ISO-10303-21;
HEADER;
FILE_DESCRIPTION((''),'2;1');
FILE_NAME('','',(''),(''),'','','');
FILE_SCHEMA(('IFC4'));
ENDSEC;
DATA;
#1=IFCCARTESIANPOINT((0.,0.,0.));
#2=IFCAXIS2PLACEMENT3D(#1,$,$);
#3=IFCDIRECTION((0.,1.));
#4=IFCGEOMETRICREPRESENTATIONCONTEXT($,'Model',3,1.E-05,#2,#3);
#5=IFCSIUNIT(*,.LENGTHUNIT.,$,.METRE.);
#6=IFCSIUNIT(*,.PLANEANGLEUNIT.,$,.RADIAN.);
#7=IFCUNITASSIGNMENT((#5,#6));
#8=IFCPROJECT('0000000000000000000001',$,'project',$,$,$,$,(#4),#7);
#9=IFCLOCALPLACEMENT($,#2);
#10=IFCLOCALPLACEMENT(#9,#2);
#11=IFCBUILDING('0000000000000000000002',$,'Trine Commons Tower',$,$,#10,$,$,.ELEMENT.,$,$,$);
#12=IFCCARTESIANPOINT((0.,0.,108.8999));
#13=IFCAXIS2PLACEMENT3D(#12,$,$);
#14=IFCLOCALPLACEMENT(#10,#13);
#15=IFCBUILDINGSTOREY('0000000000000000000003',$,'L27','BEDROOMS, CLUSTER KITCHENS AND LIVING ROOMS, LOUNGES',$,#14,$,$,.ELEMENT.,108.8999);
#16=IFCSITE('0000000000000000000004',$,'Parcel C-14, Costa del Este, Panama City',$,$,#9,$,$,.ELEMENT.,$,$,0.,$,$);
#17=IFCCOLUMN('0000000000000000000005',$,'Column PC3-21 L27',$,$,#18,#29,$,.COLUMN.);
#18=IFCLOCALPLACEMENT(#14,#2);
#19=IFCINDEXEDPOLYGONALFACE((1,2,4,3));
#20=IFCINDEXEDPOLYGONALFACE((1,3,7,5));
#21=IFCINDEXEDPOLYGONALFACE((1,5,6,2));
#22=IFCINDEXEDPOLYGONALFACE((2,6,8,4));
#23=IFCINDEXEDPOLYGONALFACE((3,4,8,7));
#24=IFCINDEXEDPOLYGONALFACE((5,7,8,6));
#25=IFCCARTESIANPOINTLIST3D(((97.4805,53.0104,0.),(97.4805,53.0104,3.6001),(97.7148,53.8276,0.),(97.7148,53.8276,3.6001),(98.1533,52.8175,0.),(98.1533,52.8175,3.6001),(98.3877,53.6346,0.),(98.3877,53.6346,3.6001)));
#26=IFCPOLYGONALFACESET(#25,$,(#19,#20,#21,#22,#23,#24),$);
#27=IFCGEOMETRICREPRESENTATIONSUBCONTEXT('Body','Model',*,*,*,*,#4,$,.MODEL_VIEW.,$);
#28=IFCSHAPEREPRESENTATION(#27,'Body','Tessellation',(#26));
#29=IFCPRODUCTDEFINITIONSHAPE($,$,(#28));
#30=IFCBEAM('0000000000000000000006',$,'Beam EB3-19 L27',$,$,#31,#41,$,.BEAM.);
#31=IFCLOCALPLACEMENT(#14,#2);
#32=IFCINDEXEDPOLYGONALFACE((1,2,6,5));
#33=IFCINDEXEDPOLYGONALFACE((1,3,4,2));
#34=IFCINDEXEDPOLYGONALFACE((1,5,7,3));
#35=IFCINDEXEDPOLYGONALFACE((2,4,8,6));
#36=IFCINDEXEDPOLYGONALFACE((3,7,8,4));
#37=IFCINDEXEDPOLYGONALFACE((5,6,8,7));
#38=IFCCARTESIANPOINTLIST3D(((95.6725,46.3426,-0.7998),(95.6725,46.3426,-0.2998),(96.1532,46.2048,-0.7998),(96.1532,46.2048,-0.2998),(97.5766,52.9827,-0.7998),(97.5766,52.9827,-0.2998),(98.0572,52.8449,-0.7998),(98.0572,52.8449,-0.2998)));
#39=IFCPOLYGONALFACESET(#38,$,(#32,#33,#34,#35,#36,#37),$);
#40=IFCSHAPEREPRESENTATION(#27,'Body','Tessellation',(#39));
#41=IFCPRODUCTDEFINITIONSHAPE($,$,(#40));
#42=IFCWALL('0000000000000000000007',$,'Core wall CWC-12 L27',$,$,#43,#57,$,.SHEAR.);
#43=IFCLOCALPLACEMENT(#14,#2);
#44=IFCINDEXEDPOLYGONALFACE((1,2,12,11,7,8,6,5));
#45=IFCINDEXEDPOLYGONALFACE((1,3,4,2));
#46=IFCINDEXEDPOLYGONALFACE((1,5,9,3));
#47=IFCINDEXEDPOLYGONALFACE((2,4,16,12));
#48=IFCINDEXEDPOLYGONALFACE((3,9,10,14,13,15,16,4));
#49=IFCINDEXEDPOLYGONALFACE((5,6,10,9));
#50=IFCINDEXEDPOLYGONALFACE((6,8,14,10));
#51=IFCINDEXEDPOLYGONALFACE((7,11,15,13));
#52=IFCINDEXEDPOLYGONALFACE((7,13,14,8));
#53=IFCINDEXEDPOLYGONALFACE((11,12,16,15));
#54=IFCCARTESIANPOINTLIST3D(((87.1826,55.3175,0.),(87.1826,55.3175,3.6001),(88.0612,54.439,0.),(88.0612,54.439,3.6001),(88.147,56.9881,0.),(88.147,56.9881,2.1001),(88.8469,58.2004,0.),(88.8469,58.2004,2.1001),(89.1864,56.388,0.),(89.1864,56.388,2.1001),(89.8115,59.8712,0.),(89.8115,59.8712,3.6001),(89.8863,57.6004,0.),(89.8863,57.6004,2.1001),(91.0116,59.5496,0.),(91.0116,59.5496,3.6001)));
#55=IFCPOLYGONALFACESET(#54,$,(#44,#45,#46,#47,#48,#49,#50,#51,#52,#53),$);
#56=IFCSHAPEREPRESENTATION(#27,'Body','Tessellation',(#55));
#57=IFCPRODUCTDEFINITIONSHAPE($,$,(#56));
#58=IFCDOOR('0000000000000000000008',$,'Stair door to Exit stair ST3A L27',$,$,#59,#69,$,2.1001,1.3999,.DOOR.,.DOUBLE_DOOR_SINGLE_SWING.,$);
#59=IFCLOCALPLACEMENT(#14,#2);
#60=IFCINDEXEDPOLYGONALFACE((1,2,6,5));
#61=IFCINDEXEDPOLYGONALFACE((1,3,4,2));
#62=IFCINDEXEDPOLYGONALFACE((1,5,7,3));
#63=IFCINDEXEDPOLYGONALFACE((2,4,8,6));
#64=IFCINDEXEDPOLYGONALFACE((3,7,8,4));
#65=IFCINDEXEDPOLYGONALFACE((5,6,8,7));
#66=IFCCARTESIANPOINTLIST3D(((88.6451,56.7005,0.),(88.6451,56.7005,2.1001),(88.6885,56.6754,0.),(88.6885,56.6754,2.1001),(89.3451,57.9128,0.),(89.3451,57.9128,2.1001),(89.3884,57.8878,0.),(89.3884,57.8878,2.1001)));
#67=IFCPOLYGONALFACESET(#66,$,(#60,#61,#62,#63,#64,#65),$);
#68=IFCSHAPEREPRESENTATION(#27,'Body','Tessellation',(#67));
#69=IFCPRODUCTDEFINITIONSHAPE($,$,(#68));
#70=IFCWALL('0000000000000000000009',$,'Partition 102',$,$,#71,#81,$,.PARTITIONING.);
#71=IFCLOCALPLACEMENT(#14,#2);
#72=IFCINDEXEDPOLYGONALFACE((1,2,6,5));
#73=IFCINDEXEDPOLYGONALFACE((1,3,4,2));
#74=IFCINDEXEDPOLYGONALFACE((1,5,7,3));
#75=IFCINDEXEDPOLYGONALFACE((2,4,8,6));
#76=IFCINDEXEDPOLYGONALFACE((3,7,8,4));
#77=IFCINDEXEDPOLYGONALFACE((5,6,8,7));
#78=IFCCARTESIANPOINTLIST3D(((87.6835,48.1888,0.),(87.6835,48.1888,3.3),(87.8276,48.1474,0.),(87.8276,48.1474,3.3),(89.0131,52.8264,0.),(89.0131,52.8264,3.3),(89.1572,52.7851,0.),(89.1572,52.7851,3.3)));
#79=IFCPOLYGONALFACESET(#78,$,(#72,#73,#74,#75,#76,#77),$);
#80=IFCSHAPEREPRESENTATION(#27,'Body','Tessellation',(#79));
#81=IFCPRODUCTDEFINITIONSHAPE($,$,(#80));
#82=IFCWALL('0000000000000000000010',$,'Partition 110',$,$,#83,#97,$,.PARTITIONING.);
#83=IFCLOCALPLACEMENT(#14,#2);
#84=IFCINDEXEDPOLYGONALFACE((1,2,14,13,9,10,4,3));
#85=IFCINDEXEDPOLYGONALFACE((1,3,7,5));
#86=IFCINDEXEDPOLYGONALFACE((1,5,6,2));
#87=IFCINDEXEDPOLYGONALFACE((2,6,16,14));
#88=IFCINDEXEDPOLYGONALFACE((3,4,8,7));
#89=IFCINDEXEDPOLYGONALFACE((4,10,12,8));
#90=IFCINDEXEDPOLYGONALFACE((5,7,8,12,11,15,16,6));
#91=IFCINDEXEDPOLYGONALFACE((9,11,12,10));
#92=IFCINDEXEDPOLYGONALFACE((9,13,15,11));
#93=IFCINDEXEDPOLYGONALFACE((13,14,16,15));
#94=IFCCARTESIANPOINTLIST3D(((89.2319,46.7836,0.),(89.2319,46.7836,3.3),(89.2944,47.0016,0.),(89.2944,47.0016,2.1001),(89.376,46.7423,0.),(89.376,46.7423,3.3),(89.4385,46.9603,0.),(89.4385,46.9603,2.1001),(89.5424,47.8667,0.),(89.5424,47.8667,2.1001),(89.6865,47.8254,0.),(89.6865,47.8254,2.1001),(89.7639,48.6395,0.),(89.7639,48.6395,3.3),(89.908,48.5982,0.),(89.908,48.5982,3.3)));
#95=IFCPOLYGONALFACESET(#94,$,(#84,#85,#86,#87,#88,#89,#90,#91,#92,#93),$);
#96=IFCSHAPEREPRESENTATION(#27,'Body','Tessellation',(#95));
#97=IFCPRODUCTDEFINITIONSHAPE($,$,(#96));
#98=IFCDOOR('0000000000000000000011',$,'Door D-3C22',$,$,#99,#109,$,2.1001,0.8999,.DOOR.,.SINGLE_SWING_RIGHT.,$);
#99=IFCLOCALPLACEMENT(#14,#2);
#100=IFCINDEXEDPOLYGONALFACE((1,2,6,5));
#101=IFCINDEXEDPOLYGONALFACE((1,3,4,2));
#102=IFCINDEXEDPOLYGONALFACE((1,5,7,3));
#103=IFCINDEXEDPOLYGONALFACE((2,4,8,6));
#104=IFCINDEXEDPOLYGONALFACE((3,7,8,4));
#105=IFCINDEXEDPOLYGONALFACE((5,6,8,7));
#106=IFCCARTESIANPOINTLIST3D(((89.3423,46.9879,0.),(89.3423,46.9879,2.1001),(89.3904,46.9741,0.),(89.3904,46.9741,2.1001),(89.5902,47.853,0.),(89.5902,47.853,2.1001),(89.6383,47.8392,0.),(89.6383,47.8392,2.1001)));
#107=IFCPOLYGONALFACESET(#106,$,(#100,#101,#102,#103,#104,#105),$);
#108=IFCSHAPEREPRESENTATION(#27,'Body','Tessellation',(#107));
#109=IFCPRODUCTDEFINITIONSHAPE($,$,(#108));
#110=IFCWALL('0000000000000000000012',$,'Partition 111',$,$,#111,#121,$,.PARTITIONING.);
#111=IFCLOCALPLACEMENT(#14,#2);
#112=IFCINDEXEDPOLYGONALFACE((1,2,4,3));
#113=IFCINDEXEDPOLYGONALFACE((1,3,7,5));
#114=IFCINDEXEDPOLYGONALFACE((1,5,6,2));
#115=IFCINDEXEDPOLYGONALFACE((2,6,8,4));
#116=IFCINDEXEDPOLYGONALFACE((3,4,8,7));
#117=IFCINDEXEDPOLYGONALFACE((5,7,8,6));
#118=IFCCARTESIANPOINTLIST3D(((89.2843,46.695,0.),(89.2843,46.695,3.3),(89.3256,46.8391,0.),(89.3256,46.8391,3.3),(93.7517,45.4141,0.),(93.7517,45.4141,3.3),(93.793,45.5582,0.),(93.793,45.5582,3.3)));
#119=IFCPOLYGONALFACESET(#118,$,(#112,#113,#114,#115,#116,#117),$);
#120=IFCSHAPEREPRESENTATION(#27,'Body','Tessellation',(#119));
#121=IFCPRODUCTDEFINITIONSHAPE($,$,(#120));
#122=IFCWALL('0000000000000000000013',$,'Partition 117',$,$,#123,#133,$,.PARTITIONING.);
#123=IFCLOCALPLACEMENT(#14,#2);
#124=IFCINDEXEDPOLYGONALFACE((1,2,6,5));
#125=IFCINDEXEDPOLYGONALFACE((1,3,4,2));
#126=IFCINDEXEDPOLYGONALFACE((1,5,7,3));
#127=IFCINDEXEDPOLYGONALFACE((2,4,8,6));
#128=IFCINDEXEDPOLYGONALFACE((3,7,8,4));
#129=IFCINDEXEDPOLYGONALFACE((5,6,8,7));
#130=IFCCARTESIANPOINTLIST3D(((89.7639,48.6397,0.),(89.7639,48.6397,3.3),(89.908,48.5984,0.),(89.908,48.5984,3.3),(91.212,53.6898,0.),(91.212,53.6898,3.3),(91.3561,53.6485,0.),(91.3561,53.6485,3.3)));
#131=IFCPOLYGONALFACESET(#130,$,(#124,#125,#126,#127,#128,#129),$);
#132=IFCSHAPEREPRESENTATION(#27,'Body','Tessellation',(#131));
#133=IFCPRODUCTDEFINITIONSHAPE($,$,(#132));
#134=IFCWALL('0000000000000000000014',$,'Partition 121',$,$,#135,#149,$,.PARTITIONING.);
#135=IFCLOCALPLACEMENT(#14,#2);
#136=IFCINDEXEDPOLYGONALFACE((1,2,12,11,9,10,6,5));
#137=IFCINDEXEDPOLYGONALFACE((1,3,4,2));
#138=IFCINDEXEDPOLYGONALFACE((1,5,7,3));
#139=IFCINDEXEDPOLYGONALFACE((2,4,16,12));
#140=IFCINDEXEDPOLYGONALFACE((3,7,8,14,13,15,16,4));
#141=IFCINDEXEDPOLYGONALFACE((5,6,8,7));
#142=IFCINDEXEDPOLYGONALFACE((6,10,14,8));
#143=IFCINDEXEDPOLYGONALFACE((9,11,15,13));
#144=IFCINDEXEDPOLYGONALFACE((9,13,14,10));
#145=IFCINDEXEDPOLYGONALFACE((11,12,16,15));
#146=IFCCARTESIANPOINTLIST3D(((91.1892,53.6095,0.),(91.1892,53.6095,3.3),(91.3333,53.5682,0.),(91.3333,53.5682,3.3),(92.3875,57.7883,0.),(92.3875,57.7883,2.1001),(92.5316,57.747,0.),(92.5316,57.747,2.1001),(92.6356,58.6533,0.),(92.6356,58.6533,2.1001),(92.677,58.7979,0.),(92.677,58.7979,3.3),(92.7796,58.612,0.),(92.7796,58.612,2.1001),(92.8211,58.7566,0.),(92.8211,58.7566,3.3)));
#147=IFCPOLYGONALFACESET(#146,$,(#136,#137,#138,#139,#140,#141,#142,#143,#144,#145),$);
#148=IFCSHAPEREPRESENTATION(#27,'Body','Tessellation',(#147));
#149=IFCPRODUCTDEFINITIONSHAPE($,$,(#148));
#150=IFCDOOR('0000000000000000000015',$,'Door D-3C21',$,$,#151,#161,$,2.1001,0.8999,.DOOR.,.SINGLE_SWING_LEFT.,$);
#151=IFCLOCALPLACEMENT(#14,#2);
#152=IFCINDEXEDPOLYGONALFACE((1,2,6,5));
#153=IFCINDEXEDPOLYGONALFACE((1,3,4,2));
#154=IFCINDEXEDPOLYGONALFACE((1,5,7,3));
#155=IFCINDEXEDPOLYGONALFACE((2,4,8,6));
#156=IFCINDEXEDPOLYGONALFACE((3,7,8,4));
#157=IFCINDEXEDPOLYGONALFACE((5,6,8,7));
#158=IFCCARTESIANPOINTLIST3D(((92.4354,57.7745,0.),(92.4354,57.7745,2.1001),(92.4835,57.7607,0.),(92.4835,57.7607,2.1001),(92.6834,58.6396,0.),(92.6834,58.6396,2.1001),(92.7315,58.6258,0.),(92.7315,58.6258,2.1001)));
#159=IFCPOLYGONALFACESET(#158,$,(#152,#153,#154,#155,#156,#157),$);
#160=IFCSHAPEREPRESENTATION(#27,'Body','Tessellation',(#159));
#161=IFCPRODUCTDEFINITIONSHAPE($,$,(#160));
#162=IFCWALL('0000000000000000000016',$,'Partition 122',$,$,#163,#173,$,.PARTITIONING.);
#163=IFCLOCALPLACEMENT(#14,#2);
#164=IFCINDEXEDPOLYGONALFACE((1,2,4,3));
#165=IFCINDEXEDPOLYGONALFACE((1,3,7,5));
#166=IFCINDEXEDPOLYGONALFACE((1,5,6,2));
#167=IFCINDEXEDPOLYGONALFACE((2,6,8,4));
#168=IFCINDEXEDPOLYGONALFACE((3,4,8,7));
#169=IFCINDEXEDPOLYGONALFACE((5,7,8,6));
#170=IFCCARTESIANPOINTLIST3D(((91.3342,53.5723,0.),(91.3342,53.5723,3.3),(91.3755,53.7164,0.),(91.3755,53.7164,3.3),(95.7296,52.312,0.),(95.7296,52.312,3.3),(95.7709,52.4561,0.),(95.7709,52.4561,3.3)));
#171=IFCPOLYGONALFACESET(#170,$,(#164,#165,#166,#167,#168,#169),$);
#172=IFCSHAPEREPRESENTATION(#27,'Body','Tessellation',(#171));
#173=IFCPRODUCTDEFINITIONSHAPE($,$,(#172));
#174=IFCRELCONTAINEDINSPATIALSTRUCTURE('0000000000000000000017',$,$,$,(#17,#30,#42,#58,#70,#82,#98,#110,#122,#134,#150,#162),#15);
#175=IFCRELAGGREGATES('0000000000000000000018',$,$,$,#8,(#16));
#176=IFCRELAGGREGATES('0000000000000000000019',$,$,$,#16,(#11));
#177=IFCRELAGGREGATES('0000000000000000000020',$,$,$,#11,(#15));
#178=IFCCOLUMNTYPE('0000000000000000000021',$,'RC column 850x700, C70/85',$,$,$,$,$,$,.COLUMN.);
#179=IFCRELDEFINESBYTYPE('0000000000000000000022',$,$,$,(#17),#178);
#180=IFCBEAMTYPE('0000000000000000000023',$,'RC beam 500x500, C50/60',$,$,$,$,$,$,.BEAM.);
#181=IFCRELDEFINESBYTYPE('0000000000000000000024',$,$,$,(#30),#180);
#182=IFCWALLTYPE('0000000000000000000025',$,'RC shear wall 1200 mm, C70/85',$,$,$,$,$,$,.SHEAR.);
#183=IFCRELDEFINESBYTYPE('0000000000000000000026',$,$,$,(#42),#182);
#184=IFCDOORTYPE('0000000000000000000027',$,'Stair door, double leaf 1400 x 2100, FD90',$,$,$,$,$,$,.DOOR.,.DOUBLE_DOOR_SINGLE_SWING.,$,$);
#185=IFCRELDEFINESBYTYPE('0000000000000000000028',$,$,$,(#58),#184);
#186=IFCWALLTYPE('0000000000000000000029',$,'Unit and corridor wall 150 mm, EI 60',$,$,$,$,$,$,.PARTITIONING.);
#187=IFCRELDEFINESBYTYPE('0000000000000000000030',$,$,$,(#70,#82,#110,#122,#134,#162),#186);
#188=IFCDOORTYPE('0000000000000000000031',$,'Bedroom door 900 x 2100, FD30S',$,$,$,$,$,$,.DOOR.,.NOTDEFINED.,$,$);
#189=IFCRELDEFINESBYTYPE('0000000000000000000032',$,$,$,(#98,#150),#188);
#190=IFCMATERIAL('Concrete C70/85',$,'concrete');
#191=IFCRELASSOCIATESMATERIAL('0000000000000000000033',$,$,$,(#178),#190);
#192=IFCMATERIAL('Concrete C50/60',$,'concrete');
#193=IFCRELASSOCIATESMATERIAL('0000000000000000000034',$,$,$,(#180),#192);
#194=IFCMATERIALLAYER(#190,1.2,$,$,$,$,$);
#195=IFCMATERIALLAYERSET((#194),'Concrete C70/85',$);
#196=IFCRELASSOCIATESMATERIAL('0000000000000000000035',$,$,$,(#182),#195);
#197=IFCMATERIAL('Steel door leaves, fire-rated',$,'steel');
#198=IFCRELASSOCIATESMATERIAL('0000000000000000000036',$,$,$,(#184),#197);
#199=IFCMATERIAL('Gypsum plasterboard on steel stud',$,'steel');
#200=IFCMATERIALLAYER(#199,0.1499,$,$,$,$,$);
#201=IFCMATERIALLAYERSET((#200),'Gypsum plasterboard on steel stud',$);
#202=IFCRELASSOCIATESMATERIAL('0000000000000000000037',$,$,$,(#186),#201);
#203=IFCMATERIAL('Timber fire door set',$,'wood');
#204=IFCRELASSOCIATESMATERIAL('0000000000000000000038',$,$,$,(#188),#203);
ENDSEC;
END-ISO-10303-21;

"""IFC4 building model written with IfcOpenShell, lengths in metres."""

from ifc_helpers import new_model, si_unit, direction, frame, frame_2d, origin, origin_2d, place, context, subcontext, project, spatial, polyline, rectangle, outline, extrude, material, layer, layer_set, material_profile, profile_set, type_object, element, fill, save


model = new_model("IFC4")

# Units and contexts
model_context = context("Model", 3, precision=1e-05, world=origin(), true_north=direction((0.0, 1.0)))
body_context = subcontext(model_context, "Body", "Model", "MODEL_VIEW")
ifc_project = project(units=[si_unit("LENGTHUNIT", "METRE"), si_unit("PLANEANGLEUNIT", "RADIAN")], contexts=[model_context])

# Site, building, storey
site_placement = place(None, origin())
site = spatial("IfcSite", under=ifc_project, at=site_placement, Name="Parcel C-14, Costa del Este, Panama City", CompositionType="ELEMENT", RefElevation=0.0)
building_placement = place(site_placement, origin())
building = spatial("IfcBuilding", under=site, at=building_placement, Name="Trine Commons Tower", CompositionType="ELEMENT")
storey_placement = place(building_placement, frame((0.0, 0.0, 108.8999)))
storey = spatial("IfcBuildingStorey", under=building, at=storey_placement, Name="L27", Description="BEDROOMS, CLUSTER KITCHENS AND LIVING ROOMS, LOUNGES", CompositionType="ELEMENT", Elevation=108.8999)

# Column
ifc_material_1 = material(Name="Concrete C70/85", Category="concrete")
ifc_material_profile_1 = material_profile(ifc_material_1, rectangle(XDim=0.8501, YDim=0.7, at=origin_2d()), Name="RC 850x700")
ifc_profile_set_1 = profile_set([ifc_material_profile_1], Name="Concrete C70/85")
column_type = type_object("IfcColumnType", Name="RC column 850x700, C70/85", PredefinedType="COLUMN", material=ifc_profile_set_1)
column_placement = place(storey_placement, frame((97.9341, 53.3225, 0.0), z_axis=(0.0, 0.0, 1.0), x_axis=(0.275637, 0.961262, 0.0)))
element("IfcColumn", 1, at=column_placement, inside=storey, type_object=column_type, Name="Column PC3-21 L27", PredefinedType="COLUMN", context=body_context, shape_type="SweptSolid", body=[
    extrude(rectangle(XDim=0.8501, YDim=0.7, at=origin_2d()), origin(), (0.0, 0.0, 1.0), 3.6001),
])

# Beam
ifc_material_2 = material(Name="Concrete C50/60", Category="concrete")
ifc_material_profile_2 = material_profile(ifc_material_2, rectangle(XDim=0.5, YDim=0.5, at=origin_2d()), Name="RC 500x500")
ifc_profile_set_2 = profile_set([ifc_material_profile_2], Name="Concrete C50/60")
beam_type = type_object("IfcBeamType", Name="RC beam 500x500, C50/60", PredefinedType="BEAM", material=ifc_profile_set_2)
beam_placement = place(storey_placement, frame((97.8169, 52.9138, -0.5498), z_axis=(-0.275641, -0.961261, 0.0), x_axis=(0.961261, -0.275641, 0.0)))
element("IfcBeam", 2, at=beam_placement, inside=storey, type_object=beam_type, Name="Beam EB3-19 L27", PredefinedType="BEAM", context=body_context, shape_type="SweptSolid", body=[
    extrude(rectangle(XDim=0.5, YDim=0.5, at=origin_2d()), origin(), (0.0, 0.0, 1.0), 6.9077),
])

# Wall, opening, door
ifc_layer_1 = layer(ifc_material_1, 1.2)
ifc_layer_set_1 = layer_set([ifc_layer_1], Name="Concrete C70/85")
wall_type_1 = type_object("IfcWallType", Name="RC shear wall 1200 mm, C70/85", PredefinedType="SHEAR", material=ifc_layer_set_1)
wall_1_placement = place(storey_placement, frame((87.5415, 54.739, 0.0), z_axis=(0.0, 0.0, 1.0), x_axis=(0.499979, 0.866037, 0.0)))
wall_1 = element("IfcWall", 3, at=wall_1_placement, inside=storey, type_object=wall_type_1, Name="Core wall CWC-12 L27", PredefinedType="SHEAR", context=body_context, shape_type="SweptSolid", body=[
    extrude(outline(polyline([(0.0, -0.6001), (5.9011, -0.6001), (5.5796, 0.6001), (0.3215, 0.6001), (0.0, -0.6001)])), origin(), (0.0, 0.0, 1.0), 3.6001),
])
opening_1_placement = place(wall_1_placement, frame((2.2505, 0.0, 0.0)))
opening_1 = element("IfcOpeningElement", 4, at=opening_1_placement, cuts=wall_1, PredefinedType="OPENING", context=body_context, shape_type="SweptSolid", body=[
    extrude(rectangle(XDim=1.3999, YDim=2.1001, at=frame_2d((0.7, 1.05))), frame((0.0, 0.6099, 0.0), z_axis=(0.0, -1.0, 0.0), x_axis=(1.0, 0.0, 0.0)), (0.0, 0.0, 1.0), 1.22),
])
ifc_material_3 = material(Name="Steel door leaves, fire-rated", Category="steel")
door_type_1 = type_object("IfcDoorType", Name="Stair door, double leaf 1400 x 2100, FD90", OperationType="DOUBLE_DOOR_SINGLE_SWING", PredefinedType="DOOR", material=ifc_material_3)
door_1_placement = place(opening_1_placement, origin())
door_1 = element("IfcDoor", 5, at=door_1_placement, inside=storey, type_object=door_type_1, Name="Stair door to Exit stair ST3A L27", OperationType="DOUBLE_DOOR_SINGLE_SWING", OverallHeight=2.1001, OverallWidth=1.3999, PredefinedType="DOOR", context=body_context, shape_type="SweptSolid", body=[
    extrude(rectangle(XDim=1.3999, YDim=2.1001, at=frame_2d((0.7, 1.05))), frame((0.0, 0.0249, 0.0), z_axis=(0.0, -1.0, 0.0), x_axis=(1.0, 0.0, 0.0)), (0.0, 0.0, 1.0), 0.05),
])
fill(opening_1, door_1)

# Wall
ifc_material_4 = material(Name="Gypsum plasterboard on steel stud", Category="steel")
ifc_layer_2 = layer(ifc_material_4, 0.1499)
ifc_layer_set_2 = layer_set([ifc_layer_2], Name="Gypsum plasterboard on steel stud")
wall_type_2 = type_object("IfcWallType", Name="Unit and corridor wall 150 mm, EI 60", PredefinedType="PARTITIONING", material=ifc_layer_set_2)
wall_2_placement = place(storey_placement, frame((87.7556, 48.1682, 0.0), z_axis=(0.0, 0.0, 1.0), x_axis=(0.27559, 0.961275, 0.0)))
element("IfcWall", 6, at=wall_2_placement, inside=storey, type_object=wall_type_2, Name="Partition 102", PredefinedType="PARTITIONING", context=body_context, shape_type="SweptSolid", body=[
    extrude(rectangle(XDim=4.8245, YDim=0.1499, at=frame_2d((2.4121, 0.0))), origin(), (0.0, 0.0, 1.0), 3.3),
])

# Wall, opening, door
wall_3_placement = place(storey_placement, frame((89.304, 46.7629, 0.0), z_axis=(0.0, 0.0, 1.0), x_axis=(0.275539, 0.96129, 0.0)))
wall_3 = element("IfcWall", 7, at=wall_3_placement, inside=storey, type_object=wall_type_2, Name="Partition 110", PredefinedType="PARTITIONING", context=body_context, shape_type="SweptSolid", body=[
    extrude(rectangle(XDim=1.9307, YDim=0.1499, at=frame_2d((0.9653, 0.0))), origin(), (0.0, 0.0, 1.0), 3.3),
])
opening_2_placement = place(wall_3_placement, frame((0.2268, 0.0, 0.0)))
opening_2 = element("IfcOpeningElement", 8, at=opening_2_placement, cuts=wall_3, PredefinedType="OPENING", context=body_context, shape_type="SweptSolid", body=[
    extrude(rectangle(XDim=0.8999, YDim=2.1001, at=frame_2d((0.45, 1.05))), frame((0.0, 0.085, 0.0), z_axis=(0.0, -1.0, 0.0), x_axis=(1.0, 0.0, 0.0)), (0.0, 0.0, 1.0), 0.1699),
])
ifc_material_5 = material(Name="Timber fire door set", Category="wood")
door_type_2 = type_object("IfcDoorType", Name="Bedroom door 900 x 2100, FD30S", OperationType="NOTDEFINED", PredefinedType="DOOR", material=ifc_material_5)
door_2_placement = place(opening_2_placement, frame((0.8999, 0.0, 0.0), z_axis=(0.0, 0.0, 1.0), x_axis=(-1.0, 0.0, 0.0)))
door_2 = element("IfcDoor", 9, at=door_2_placement, inside=storey, type_object=door_type_2, Name="Door D-3C22", OperationType="SINGLE_SWING_RIGHT", OverallHeight=2.1001, OverallWidth=0.8999, PredefinedType="DOOR", context=body_context, shape_type="SweptSolid", body=[
    extrude(rectangle(XDim=0.8999, YDim=2.1001, at=frame_2d((0.45, 1.05))), frame((0.0, 0.0249, 0.0), z_axis=(0.0, -1.0, 0.0), x_axis=(1.0, 0.0, 0.0)), (0.0, 0.0, 1.0), 0.05),
])
fill(opening_2, door_2)

# Walls
wall_4_placement = place(storey_placement, frame((89.3049, 46.7671, 0.0), z_axis=(0.0, 0.0, 1.0), x_axis=(0.961264, -0.27563, 0.0)))
element("IfcWall", 10, at=wall_4_placement, inside=storey, type_object=wall_type_2, Name="Partition 111", PredefinedType="PARTITIONING", context=body_context, shape_type="SweptSolid", body=[
    extrude(rectangle(XDim=4.6475, YDim=0.1499, at=frame_2d((2.3237, 0.0))), origin(), (0.0, 0.0, 1.0), 3.3),
])
wall_5_placement = place(storey_placement, frame((89.8359, 48.6189, 0.0), z_axis=(0.0, 0.0, 1.0), x_axis=(0.275623, 0.961266, 0.0)))
element("IfcWall", 11, at=wall_5_placement, inside=storey, type_object=wall_type_2, Name="Partition 117", PredefinedType="PARTITIONING", context=body_context, shape_type="SweptSolid", body=[
    extrude(rectangle(XDim=5.2537, YDim=0.1499, at=frame_2d((2.627, 0.0))), origin(), (0.0, 0.0, 1.0), 3.3),
])

# Wall, opening, door
wall_6_placement = place(storey_placement, frame((91.2612, 53.5889, 0.0), z_axis=(0.0, 0.0, 1.0), x_axis=(0.275653, 0.961257, 0.0)))
wall_6 = element("IfcWall", 12, at=wall_6_placement, inside=storey, type_object=wall_type_2, Name="Partition 121", PredefinedType="PARTITIONING", context=body_context, shape_type="SweptSolid", body=[
    extrude(rectangle(XDim=5.3975, YDim=0.1499, at=frame_2d((2.6987, 0.0))), origin(), (0.0, 0.0, 1.0), 3.3),
])
opening_3_placement = place(wall_6_placement, frame((4.3472, 0.0, 0.0)))
opening_3 = element("IfcOpeningElement", 13, at=opening_3_placement, cuts=wall_6, PredefinedType="OPENING", context=body_context, shape_type="SweptSolid", body=[
    extrude(rectangle(XDim=0.8999, YDim=2.1001, at=frame_2d((0.45, 1.05))), frame((0.0, 0.085, 0.0), z_axis=(0.0, -1.0, 0.0), x_axis=(1.0, 0.0, 0.0)), (0.0, 0.0, 1.0), 0.1699),
])
door_3_placement = place(opening_3_placement, frame((0.8999, 0.0, 0.0), z_axis=(0.0, 0.0, 1.0), x_axis=(-1.0, 0.0, 0.0)))
door_3 = element("IfcDoor", 14, at=door_3_placement, inside=storey, type_object=door_type_2, Name="Door D-3C21", OperationType="SINGLE_SWING_LEFT", OverallHeight=2.1001, OverallWidth=0.8999, PredefinedType="DOOR", context=body_context, shape_type="SweptSolid", body=[
    extrude(rectangle(XDim=0.8999, YDim=2.1001, at=frame_2d((0.45, 1.05))), frame((0.0, 0.0249, 0.0), z_axis=(0.0, -1.0, 0.0), x_axis=(1.0, 0.0, 0.0)), (0.0, 0.0, 1.0), 0.05),
])
fill(opening_3, door_3)

# Wall
wall_7_placement = place(storey_placement, frame((91.355, 53.6443, 0.0), z_axis=(0.0, 0.0, 1.0), x_axis=(0.96127, -0.27561, 0.0)))
element("IfcWall", 15, at=wall_7_placement, inside=storey, type_object=wall_type_2, Name="Partition 122", PredefinedType="PARTITIONING", context=body_context, shape_type="SweptSolid", body=[
    extrude(rectangle(XDim=4.5725, YDim=0.1499, at=frame_2d((2.2861, 0.0))), origin(), (0.0, 0.0, 1.0), 3.3),
])

save(model, "model.ifc")
